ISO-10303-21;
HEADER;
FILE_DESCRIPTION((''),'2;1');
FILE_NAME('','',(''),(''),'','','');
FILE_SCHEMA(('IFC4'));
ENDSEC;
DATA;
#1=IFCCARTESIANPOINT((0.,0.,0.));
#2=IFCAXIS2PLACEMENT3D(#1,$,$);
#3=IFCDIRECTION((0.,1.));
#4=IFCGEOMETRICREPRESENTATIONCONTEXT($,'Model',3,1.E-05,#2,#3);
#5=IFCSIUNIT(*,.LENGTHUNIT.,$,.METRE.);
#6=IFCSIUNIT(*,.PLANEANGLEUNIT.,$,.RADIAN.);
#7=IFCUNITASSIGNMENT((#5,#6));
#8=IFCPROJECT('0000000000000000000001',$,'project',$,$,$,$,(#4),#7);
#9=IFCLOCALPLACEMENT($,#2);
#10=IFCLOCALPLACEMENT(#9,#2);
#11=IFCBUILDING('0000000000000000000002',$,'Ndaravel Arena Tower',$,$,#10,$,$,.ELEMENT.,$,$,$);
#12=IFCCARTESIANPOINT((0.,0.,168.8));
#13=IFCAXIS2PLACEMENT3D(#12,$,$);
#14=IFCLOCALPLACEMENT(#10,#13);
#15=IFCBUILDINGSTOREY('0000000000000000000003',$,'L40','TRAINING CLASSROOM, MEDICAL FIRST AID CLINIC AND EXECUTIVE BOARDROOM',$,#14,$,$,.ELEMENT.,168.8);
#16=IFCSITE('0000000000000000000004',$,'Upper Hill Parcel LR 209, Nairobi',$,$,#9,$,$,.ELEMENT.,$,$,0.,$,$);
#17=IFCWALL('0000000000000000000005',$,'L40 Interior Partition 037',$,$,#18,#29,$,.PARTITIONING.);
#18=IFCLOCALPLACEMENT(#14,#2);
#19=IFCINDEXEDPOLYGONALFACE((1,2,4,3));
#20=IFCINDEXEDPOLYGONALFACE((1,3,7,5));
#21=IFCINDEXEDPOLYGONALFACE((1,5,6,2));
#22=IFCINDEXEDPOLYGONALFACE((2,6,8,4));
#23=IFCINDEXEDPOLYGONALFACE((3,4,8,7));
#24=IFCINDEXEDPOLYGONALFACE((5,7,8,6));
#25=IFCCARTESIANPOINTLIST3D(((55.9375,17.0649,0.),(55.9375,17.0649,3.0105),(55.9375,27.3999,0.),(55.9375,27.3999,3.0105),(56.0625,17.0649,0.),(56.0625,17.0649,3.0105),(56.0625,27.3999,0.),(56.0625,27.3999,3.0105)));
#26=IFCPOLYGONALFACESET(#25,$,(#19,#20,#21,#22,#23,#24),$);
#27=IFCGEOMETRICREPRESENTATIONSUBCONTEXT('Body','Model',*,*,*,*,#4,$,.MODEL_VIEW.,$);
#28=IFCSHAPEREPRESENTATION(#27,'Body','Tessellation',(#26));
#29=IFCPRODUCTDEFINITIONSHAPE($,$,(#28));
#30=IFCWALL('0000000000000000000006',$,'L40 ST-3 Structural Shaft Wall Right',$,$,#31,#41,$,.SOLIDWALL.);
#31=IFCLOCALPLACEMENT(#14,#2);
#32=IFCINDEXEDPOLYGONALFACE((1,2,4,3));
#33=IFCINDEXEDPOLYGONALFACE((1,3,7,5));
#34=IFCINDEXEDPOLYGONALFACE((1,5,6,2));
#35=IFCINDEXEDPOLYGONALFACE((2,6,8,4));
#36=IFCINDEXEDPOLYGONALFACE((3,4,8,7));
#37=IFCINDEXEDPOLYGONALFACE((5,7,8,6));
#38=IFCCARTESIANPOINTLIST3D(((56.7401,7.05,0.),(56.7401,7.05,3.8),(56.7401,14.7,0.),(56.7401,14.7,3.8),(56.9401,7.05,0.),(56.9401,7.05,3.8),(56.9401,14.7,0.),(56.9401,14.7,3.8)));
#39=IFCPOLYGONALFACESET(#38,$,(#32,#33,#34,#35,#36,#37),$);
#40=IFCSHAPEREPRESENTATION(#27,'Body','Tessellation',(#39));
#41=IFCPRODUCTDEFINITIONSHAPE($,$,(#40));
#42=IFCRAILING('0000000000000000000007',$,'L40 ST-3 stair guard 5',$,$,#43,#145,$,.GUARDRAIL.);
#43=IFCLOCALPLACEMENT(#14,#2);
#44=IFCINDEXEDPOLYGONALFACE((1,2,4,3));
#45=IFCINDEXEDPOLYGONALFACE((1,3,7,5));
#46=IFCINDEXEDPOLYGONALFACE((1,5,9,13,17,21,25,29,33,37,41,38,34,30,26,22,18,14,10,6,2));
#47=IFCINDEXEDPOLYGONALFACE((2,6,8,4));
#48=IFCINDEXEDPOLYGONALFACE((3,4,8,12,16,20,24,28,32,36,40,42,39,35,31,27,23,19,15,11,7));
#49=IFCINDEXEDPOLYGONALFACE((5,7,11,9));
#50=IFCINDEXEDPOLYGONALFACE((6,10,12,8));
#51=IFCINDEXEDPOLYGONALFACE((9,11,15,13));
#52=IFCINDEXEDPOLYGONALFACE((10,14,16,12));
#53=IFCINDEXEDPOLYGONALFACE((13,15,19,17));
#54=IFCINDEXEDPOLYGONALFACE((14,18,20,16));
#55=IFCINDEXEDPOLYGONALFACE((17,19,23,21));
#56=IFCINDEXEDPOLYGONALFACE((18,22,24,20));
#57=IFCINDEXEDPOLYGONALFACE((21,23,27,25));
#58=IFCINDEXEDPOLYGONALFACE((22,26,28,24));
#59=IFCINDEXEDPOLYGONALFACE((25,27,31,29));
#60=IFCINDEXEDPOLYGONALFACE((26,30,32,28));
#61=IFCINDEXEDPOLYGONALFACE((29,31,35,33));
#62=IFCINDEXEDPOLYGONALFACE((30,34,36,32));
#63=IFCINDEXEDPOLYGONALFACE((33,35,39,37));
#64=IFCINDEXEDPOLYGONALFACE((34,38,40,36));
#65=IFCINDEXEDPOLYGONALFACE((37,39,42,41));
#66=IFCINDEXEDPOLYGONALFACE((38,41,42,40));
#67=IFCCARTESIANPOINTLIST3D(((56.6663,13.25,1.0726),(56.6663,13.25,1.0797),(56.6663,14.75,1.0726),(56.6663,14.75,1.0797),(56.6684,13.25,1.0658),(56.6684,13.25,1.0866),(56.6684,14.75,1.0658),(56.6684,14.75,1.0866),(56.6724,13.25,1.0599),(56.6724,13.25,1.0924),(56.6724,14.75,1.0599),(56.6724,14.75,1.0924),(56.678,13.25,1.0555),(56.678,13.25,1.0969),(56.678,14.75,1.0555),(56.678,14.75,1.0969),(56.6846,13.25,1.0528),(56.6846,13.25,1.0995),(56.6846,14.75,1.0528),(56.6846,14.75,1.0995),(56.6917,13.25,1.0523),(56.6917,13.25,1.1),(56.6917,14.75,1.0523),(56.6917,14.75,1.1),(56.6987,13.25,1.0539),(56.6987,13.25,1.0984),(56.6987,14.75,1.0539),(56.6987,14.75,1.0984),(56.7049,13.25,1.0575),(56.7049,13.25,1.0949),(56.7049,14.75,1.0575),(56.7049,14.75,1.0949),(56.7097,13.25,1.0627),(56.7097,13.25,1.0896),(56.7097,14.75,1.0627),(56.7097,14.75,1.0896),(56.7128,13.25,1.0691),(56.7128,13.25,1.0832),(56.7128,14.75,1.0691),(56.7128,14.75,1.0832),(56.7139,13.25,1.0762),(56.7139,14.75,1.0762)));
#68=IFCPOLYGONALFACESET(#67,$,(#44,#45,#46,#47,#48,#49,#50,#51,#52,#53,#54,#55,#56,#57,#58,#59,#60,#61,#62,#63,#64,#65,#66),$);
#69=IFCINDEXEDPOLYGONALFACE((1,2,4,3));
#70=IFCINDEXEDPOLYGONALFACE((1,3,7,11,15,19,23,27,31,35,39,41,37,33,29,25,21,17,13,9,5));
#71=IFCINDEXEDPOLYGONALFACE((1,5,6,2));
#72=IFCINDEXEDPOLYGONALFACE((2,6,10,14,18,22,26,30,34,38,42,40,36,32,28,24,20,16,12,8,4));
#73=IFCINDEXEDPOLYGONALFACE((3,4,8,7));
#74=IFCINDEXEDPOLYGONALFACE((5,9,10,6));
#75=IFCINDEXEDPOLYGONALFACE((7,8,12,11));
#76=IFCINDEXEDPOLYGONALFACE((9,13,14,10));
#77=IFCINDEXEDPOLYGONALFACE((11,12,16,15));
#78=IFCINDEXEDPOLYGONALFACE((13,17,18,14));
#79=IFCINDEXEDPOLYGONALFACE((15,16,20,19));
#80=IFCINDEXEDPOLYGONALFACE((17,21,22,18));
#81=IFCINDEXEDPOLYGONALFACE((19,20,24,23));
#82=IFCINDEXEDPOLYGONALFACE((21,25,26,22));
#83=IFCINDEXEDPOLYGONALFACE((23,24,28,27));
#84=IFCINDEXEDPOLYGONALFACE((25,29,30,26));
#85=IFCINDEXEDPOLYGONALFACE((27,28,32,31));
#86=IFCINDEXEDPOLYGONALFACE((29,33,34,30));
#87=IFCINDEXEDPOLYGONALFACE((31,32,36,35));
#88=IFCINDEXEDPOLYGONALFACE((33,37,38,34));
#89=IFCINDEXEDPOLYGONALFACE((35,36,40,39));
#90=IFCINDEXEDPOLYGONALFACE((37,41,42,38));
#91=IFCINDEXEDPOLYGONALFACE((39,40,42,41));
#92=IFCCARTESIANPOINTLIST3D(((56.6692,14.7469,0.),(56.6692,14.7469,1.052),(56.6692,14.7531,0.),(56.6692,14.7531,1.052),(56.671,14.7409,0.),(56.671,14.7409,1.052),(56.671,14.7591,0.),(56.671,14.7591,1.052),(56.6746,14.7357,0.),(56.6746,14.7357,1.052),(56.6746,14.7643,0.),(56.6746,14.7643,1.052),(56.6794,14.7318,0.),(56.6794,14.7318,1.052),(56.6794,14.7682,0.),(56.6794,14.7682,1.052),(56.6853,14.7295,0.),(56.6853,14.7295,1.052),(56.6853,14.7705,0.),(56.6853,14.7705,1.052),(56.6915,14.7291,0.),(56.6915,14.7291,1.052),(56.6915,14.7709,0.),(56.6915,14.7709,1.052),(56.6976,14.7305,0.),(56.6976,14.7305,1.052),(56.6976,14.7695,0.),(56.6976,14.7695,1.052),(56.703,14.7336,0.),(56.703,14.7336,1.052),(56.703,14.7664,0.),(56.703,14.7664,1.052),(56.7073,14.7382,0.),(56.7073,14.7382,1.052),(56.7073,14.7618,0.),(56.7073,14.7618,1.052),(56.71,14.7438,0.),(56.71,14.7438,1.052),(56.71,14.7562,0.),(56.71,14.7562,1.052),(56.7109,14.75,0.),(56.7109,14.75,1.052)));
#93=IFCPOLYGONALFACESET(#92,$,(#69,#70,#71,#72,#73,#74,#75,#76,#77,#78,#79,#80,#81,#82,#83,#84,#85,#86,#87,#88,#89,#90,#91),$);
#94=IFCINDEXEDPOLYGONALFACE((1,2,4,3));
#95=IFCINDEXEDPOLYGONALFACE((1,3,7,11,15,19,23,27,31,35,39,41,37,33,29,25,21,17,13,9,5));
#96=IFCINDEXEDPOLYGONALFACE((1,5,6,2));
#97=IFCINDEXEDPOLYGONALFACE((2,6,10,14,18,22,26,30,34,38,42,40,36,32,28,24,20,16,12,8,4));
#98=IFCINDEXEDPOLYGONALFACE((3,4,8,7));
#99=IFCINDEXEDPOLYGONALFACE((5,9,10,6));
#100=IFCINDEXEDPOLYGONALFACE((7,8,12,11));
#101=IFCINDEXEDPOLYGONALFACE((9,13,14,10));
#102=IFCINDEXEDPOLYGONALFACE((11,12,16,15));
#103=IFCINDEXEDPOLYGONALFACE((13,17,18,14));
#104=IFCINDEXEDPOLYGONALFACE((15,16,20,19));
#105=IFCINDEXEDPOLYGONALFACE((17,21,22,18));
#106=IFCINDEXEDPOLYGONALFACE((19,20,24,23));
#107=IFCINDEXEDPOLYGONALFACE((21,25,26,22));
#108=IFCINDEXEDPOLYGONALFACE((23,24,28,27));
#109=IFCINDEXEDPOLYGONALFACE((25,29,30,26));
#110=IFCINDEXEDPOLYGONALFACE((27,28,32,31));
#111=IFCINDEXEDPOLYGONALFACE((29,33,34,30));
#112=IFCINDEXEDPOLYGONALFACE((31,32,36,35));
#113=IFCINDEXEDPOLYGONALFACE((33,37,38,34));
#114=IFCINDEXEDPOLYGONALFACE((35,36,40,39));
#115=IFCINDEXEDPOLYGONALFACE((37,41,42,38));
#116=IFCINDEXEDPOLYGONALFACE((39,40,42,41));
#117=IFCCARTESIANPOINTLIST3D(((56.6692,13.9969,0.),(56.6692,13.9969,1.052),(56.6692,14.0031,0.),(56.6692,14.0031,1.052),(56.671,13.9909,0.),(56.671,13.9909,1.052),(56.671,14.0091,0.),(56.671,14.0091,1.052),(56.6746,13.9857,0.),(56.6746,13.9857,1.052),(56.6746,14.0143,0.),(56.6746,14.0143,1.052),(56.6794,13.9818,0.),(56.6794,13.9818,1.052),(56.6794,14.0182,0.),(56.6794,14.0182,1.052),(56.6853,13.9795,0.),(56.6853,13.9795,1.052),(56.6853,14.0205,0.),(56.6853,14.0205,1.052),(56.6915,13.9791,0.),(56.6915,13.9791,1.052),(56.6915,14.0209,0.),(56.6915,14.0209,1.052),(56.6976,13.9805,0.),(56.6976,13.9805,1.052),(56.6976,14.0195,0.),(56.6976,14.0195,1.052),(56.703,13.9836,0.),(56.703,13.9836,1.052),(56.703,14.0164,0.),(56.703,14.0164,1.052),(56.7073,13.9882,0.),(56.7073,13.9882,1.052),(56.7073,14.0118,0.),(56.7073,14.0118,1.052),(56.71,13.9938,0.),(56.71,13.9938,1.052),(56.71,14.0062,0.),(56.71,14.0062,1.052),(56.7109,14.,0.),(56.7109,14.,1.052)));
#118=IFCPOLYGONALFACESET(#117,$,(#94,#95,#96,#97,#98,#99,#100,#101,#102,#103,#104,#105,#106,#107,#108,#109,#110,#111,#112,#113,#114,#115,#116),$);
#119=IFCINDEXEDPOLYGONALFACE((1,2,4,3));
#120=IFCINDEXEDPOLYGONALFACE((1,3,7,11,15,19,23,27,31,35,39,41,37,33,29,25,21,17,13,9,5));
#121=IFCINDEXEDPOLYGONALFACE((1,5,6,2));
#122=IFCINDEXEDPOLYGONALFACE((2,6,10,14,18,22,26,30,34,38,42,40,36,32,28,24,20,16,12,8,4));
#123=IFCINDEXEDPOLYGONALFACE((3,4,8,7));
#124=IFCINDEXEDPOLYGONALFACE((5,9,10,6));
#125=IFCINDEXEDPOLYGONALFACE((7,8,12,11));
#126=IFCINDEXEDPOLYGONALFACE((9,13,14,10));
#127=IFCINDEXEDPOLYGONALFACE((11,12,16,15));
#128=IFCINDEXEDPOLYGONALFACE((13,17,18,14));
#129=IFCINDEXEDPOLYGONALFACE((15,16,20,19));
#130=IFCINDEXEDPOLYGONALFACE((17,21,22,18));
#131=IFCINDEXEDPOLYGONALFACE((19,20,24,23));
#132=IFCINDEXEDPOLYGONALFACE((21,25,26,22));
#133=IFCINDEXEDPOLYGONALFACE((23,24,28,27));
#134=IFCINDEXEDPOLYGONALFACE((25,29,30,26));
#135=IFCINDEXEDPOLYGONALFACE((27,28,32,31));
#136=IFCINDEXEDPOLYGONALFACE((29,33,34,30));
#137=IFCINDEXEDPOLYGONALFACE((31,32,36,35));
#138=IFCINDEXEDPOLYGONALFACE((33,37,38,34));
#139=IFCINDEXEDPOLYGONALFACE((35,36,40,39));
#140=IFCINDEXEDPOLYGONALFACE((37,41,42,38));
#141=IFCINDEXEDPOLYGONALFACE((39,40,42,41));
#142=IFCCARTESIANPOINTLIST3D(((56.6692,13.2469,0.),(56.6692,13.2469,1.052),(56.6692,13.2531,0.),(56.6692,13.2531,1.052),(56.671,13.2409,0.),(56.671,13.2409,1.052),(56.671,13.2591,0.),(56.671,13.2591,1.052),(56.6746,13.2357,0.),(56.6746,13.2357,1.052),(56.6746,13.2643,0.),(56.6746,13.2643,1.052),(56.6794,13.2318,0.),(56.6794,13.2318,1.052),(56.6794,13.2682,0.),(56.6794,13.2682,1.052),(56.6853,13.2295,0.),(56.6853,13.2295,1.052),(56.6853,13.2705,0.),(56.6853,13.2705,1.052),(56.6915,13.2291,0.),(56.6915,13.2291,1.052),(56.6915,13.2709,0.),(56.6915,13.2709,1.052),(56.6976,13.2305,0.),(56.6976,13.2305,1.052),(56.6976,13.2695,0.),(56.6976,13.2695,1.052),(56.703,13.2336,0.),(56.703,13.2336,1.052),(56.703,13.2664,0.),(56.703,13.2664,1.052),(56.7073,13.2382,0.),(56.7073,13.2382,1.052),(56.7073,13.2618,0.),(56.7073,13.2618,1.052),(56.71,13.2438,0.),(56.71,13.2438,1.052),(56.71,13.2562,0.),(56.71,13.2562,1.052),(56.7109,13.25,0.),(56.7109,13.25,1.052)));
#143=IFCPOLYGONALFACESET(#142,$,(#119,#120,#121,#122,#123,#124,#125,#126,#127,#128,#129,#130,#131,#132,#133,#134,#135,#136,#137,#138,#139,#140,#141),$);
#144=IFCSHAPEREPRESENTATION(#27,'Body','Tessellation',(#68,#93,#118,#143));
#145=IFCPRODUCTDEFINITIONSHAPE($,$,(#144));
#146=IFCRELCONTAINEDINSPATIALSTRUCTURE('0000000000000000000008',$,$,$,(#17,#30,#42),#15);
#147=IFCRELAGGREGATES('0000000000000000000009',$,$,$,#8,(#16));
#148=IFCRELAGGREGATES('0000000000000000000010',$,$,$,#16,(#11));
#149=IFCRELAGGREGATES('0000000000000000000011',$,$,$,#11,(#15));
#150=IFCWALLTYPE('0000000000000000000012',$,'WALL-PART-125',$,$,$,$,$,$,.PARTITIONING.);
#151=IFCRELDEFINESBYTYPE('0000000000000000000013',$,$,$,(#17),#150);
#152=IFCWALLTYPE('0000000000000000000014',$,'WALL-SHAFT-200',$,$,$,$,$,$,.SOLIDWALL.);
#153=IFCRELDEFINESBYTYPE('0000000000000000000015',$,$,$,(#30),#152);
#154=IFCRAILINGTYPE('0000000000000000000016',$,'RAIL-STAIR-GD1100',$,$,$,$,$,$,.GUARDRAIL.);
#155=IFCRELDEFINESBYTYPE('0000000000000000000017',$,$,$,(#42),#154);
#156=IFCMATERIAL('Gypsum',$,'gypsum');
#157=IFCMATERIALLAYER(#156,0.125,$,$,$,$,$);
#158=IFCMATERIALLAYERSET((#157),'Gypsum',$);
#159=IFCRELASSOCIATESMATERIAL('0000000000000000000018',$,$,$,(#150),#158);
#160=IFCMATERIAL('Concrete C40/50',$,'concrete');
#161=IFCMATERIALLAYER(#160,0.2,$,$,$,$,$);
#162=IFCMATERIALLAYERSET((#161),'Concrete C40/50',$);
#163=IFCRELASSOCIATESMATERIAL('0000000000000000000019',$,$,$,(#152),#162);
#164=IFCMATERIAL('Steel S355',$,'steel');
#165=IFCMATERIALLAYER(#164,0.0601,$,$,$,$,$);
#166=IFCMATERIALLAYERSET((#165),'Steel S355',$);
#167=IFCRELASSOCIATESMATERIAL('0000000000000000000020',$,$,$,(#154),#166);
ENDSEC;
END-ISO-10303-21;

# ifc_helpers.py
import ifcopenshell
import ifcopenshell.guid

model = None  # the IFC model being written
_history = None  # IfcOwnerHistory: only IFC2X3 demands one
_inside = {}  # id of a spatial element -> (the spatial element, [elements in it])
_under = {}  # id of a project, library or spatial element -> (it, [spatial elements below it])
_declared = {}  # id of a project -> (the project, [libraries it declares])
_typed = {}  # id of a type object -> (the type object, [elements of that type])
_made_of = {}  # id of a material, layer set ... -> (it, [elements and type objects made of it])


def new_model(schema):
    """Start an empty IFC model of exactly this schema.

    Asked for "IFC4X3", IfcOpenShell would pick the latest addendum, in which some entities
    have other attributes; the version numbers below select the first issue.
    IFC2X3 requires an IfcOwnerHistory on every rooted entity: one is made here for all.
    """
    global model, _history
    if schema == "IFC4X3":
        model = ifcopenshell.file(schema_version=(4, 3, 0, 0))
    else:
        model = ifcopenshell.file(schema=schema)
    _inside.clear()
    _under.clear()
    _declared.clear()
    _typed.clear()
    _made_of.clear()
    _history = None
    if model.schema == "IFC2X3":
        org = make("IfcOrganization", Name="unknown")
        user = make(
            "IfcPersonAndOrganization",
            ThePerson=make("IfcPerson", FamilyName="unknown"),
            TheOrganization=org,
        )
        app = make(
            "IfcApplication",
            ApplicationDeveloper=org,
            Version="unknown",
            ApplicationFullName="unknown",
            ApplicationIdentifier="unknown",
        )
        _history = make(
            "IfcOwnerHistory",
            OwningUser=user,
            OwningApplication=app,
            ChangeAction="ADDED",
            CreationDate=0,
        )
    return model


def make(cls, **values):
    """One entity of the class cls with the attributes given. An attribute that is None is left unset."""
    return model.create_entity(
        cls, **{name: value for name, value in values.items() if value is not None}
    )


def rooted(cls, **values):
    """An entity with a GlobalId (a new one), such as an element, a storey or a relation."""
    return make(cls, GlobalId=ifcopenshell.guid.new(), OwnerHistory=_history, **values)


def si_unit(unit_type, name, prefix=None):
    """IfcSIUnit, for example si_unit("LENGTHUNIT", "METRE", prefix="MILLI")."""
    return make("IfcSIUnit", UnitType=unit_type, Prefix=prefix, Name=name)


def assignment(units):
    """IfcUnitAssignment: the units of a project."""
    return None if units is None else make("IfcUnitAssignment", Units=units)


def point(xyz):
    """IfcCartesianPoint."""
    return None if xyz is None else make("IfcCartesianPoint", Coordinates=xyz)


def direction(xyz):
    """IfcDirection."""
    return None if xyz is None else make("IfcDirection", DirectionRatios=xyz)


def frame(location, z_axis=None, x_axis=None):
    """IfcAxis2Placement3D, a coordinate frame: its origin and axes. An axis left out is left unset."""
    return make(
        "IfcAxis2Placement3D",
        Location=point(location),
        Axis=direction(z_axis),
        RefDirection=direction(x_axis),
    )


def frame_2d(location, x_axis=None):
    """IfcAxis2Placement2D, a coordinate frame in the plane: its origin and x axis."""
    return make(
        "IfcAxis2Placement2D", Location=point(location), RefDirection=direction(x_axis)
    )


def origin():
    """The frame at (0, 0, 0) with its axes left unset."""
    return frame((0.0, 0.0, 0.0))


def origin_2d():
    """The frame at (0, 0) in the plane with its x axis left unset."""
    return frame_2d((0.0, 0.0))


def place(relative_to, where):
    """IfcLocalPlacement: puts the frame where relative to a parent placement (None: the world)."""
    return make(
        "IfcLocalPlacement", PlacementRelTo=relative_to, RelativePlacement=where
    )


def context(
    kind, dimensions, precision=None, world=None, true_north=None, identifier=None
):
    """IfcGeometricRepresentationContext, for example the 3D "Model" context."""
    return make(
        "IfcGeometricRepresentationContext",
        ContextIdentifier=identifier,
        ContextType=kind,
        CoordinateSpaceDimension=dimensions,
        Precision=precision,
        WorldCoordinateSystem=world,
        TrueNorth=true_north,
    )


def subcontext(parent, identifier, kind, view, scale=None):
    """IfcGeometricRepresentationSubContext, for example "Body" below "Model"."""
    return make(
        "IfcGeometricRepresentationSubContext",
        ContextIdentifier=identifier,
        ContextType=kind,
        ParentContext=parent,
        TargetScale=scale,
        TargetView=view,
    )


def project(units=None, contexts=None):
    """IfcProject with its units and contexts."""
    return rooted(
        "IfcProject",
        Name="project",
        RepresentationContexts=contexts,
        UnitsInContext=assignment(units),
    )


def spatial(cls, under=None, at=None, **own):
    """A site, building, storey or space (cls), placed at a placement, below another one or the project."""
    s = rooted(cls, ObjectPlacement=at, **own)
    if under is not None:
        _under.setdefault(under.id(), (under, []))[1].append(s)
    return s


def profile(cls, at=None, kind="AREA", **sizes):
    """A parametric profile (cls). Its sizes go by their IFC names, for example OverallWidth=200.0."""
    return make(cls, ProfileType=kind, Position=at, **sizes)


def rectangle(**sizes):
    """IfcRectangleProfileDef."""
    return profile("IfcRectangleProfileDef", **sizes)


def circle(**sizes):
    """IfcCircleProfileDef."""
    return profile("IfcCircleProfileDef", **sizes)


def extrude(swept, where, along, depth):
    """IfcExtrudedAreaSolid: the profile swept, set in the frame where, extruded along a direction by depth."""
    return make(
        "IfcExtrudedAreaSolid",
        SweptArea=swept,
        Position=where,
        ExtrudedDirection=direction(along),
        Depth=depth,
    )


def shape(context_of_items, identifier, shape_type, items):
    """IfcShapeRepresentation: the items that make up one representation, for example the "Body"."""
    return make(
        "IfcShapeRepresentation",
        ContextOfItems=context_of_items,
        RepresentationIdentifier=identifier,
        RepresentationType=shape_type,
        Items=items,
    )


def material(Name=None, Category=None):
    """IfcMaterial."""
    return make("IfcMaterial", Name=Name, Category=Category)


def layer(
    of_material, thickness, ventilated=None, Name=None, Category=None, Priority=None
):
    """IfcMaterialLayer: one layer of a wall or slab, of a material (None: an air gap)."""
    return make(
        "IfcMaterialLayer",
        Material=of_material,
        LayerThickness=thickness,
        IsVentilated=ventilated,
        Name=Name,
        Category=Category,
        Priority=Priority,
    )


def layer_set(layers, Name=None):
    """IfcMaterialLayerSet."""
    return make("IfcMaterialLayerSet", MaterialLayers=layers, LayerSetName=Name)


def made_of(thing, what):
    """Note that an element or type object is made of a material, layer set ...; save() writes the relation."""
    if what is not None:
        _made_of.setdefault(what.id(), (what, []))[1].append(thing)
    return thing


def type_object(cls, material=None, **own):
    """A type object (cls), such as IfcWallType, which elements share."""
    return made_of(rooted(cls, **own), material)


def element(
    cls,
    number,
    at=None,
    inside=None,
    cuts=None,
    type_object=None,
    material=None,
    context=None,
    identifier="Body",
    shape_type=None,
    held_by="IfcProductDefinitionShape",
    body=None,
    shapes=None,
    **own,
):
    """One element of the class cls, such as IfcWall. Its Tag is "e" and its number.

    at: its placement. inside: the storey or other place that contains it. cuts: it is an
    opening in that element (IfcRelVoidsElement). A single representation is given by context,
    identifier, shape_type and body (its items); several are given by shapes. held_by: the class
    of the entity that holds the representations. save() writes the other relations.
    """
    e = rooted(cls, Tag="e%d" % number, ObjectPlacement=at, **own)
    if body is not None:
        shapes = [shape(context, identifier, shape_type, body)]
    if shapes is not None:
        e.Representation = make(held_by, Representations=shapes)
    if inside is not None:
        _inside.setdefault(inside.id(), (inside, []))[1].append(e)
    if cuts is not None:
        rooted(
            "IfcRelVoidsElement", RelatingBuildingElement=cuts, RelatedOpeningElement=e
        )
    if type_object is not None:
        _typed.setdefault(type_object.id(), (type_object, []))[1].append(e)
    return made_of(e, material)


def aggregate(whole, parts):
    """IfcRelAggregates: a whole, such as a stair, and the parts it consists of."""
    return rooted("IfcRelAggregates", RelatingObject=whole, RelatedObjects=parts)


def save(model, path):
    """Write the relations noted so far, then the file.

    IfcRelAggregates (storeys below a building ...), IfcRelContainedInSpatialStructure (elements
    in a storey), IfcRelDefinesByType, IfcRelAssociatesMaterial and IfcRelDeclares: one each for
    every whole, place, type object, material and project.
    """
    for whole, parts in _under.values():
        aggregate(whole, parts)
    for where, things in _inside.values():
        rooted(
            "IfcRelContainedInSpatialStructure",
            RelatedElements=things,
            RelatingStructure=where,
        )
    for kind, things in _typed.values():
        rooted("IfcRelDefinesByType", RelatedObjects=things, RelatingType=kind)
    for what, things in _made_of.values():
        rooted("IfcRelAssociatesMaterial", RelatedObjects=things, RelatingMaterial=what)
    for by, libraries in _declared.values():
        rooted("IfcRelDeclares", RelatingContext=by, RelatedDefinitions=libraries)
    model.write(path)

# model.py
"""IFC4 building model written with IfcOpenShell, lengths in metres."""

from ifc_helpers import new_model, si_unit, direction, frame, frame_2d, origin, origin_2d, place, context, subcontext, project, spatial, rectangle, circle, extrude, material, layer, layer_set, type_object, element, save


model = new_model("IFC4")

# Units and contexts
model_context = context("Model", 3, precision=1e-05, world=origin(), true_north=direction((0.0, 1.0)))
body_context = subcontext(model_context, "Body", "Model", "MODEL_VIEW")
ifc_project = project(units=[si_unit("LENGTHUNIT", "METRE"), si_unit("PLANEANGLEUNIT", "RADIAN")], contexts=[model_context])

# Site, building, storey
site_placement = place(None, origin())
site = spatial("IfcSite", under=ifc_project, at=site_placement, Name="Upper Hill Parcel LR 209, Nairobi", CompositionType="ELEMENT", RefElevation=0.0)
building_placement = place(site_placement, origin())
building = spatial("IfcBuilding", under=site, at=building_placement, Name="Ndaravel Arena Tower", CompositionType="ELEMENT")
storey_placement = place(building_placement, frame((0.0, 0.0, 168.8)))
storey = spatial("IfcBuildingStorey", under=building, at=storey_placement, Name="L40", Description="TRAINING CLASSROOM, MEDICAL FIRST AID CLINIC AND EXECUTIVE BOARDROOM", CompositionType="ELEMENT", Elevation=168.8)

# Shared definitions
ifc_material_1 = material(Name="Gypsum", Category="gypsum")
ifc_layer_1 = layer(ifc_material_1, 0.125)
ifc_layer_set_1 = layer_set([ifc_layer_1], Name="Gypsum")
wall_type_1 = type_object("IfcWallType", Name="WALL-PART-125", PredefinedType="PARTITIONING", material=ifc_layer_set_1)

# Walls
wall_1_placement = place(storey_placement, frame((56.0, 17.0649, 0.0), z_axis=(0.0, 0.0, 1.0), x_axis=(0.0, 1.0, 0.0)))
element("IfcWall", 1, at=wall_1_placement, inside=storey, type_object=wall_type_1, Name="L40 Interior Partition 037", PredefinedType="PARTITIONING", context=body_context, shape_type="SweptSolid", body=[
    extrude(rectangle(XDim=10.335, YDim=0.125, at=frame_2d((5.1675, 0.0))), origin(), (0.0, 0.0, 1.0), 3.0105),
])
ifc_material_2 = material(Name="Concrete C40/50", Category="concrete")
ifc_layer_2 = layer(ifc_material_2, 0.2)
ifc_layer_set_2 = layer_set([ifc_layer_2], Name="Concrete C40/50")
wall_type_2 = type_object("IfcWallType", Name="WALL-SHAFT-200", PredefinedType="SOLIDWALL", material=ifc_layer_set_2)
wall_2_placement = place(storey_placement, frame((56.8401, 14.7, 0.0), z_axis=(0.0, 0.0, 1.0), x_axis=(0.0, -1.0, 0.0)))
element("IfcWall", 2, at=wall_2_placement, inside=storey, type_object=wall_type_2, Name="L40 ST-3 Structural Shaft Wall Right", PredefinedType="SOLIDWALL", context=body_context, shape_type="SweptSolid", body=[
    extrude(rectangle(XDim=7.6499, YDim=0.2, at=frame_2d((3.825, 0.0))), origin(), (0.0, 0.0, 1.0), 3.8),
])

# Railing
ifc_material_3 = material(Name="Steel S355", Category="steel")
ifc_layer_3 = layer(ifc_material_3, 0.0601)
ifc_layer_set_3 = layer_set([ifc_layer_3], Name="Steel S355")
railing_type = type_object("IfcRailingType", Name="RAIL-STAIR-GD1100", PredefinedType="GUARDRAIL", material=ifc_layer_set_3)
railing_placement = place(storey_placement, frame((56.6899, 14.75, 0.0)))
element("IfcRailing", 3, at=railing_placement, inside=storey, type_object=railing_type, Name="L40 ST-3 stair guard 5", PredefinedType="GUARDRAIL", context=body_context, shape_type="SweptSolid", body=[
    extrude(circle(Radius=0.0239, at=origin_2d()), frame((0.0, 0.0, 1.0762), z_axis=(0.0, -1.0, 0.0), x_axis=(1.0, 0.0, 0.0)), (0.0, 0.0, 1.0), 1.5),
    extrude(circle(Radius=0.021, at=origin_2d()), origin(), (0.0, 0.0, 1.0), 1.052),
    extrude(circle(Radius=0.021, at=origin_2d()), frame((0.0, -0.75, 0.0)), (0.0, 0.0, 1.0), 1.052),
    extrude(circle(Radius=0.021, at=origin_2d()), frame((0.0, -1.5, 0.0)), (0.0, 0.0, 1.0), 1.052),
])

save(model, "model.ifc")
